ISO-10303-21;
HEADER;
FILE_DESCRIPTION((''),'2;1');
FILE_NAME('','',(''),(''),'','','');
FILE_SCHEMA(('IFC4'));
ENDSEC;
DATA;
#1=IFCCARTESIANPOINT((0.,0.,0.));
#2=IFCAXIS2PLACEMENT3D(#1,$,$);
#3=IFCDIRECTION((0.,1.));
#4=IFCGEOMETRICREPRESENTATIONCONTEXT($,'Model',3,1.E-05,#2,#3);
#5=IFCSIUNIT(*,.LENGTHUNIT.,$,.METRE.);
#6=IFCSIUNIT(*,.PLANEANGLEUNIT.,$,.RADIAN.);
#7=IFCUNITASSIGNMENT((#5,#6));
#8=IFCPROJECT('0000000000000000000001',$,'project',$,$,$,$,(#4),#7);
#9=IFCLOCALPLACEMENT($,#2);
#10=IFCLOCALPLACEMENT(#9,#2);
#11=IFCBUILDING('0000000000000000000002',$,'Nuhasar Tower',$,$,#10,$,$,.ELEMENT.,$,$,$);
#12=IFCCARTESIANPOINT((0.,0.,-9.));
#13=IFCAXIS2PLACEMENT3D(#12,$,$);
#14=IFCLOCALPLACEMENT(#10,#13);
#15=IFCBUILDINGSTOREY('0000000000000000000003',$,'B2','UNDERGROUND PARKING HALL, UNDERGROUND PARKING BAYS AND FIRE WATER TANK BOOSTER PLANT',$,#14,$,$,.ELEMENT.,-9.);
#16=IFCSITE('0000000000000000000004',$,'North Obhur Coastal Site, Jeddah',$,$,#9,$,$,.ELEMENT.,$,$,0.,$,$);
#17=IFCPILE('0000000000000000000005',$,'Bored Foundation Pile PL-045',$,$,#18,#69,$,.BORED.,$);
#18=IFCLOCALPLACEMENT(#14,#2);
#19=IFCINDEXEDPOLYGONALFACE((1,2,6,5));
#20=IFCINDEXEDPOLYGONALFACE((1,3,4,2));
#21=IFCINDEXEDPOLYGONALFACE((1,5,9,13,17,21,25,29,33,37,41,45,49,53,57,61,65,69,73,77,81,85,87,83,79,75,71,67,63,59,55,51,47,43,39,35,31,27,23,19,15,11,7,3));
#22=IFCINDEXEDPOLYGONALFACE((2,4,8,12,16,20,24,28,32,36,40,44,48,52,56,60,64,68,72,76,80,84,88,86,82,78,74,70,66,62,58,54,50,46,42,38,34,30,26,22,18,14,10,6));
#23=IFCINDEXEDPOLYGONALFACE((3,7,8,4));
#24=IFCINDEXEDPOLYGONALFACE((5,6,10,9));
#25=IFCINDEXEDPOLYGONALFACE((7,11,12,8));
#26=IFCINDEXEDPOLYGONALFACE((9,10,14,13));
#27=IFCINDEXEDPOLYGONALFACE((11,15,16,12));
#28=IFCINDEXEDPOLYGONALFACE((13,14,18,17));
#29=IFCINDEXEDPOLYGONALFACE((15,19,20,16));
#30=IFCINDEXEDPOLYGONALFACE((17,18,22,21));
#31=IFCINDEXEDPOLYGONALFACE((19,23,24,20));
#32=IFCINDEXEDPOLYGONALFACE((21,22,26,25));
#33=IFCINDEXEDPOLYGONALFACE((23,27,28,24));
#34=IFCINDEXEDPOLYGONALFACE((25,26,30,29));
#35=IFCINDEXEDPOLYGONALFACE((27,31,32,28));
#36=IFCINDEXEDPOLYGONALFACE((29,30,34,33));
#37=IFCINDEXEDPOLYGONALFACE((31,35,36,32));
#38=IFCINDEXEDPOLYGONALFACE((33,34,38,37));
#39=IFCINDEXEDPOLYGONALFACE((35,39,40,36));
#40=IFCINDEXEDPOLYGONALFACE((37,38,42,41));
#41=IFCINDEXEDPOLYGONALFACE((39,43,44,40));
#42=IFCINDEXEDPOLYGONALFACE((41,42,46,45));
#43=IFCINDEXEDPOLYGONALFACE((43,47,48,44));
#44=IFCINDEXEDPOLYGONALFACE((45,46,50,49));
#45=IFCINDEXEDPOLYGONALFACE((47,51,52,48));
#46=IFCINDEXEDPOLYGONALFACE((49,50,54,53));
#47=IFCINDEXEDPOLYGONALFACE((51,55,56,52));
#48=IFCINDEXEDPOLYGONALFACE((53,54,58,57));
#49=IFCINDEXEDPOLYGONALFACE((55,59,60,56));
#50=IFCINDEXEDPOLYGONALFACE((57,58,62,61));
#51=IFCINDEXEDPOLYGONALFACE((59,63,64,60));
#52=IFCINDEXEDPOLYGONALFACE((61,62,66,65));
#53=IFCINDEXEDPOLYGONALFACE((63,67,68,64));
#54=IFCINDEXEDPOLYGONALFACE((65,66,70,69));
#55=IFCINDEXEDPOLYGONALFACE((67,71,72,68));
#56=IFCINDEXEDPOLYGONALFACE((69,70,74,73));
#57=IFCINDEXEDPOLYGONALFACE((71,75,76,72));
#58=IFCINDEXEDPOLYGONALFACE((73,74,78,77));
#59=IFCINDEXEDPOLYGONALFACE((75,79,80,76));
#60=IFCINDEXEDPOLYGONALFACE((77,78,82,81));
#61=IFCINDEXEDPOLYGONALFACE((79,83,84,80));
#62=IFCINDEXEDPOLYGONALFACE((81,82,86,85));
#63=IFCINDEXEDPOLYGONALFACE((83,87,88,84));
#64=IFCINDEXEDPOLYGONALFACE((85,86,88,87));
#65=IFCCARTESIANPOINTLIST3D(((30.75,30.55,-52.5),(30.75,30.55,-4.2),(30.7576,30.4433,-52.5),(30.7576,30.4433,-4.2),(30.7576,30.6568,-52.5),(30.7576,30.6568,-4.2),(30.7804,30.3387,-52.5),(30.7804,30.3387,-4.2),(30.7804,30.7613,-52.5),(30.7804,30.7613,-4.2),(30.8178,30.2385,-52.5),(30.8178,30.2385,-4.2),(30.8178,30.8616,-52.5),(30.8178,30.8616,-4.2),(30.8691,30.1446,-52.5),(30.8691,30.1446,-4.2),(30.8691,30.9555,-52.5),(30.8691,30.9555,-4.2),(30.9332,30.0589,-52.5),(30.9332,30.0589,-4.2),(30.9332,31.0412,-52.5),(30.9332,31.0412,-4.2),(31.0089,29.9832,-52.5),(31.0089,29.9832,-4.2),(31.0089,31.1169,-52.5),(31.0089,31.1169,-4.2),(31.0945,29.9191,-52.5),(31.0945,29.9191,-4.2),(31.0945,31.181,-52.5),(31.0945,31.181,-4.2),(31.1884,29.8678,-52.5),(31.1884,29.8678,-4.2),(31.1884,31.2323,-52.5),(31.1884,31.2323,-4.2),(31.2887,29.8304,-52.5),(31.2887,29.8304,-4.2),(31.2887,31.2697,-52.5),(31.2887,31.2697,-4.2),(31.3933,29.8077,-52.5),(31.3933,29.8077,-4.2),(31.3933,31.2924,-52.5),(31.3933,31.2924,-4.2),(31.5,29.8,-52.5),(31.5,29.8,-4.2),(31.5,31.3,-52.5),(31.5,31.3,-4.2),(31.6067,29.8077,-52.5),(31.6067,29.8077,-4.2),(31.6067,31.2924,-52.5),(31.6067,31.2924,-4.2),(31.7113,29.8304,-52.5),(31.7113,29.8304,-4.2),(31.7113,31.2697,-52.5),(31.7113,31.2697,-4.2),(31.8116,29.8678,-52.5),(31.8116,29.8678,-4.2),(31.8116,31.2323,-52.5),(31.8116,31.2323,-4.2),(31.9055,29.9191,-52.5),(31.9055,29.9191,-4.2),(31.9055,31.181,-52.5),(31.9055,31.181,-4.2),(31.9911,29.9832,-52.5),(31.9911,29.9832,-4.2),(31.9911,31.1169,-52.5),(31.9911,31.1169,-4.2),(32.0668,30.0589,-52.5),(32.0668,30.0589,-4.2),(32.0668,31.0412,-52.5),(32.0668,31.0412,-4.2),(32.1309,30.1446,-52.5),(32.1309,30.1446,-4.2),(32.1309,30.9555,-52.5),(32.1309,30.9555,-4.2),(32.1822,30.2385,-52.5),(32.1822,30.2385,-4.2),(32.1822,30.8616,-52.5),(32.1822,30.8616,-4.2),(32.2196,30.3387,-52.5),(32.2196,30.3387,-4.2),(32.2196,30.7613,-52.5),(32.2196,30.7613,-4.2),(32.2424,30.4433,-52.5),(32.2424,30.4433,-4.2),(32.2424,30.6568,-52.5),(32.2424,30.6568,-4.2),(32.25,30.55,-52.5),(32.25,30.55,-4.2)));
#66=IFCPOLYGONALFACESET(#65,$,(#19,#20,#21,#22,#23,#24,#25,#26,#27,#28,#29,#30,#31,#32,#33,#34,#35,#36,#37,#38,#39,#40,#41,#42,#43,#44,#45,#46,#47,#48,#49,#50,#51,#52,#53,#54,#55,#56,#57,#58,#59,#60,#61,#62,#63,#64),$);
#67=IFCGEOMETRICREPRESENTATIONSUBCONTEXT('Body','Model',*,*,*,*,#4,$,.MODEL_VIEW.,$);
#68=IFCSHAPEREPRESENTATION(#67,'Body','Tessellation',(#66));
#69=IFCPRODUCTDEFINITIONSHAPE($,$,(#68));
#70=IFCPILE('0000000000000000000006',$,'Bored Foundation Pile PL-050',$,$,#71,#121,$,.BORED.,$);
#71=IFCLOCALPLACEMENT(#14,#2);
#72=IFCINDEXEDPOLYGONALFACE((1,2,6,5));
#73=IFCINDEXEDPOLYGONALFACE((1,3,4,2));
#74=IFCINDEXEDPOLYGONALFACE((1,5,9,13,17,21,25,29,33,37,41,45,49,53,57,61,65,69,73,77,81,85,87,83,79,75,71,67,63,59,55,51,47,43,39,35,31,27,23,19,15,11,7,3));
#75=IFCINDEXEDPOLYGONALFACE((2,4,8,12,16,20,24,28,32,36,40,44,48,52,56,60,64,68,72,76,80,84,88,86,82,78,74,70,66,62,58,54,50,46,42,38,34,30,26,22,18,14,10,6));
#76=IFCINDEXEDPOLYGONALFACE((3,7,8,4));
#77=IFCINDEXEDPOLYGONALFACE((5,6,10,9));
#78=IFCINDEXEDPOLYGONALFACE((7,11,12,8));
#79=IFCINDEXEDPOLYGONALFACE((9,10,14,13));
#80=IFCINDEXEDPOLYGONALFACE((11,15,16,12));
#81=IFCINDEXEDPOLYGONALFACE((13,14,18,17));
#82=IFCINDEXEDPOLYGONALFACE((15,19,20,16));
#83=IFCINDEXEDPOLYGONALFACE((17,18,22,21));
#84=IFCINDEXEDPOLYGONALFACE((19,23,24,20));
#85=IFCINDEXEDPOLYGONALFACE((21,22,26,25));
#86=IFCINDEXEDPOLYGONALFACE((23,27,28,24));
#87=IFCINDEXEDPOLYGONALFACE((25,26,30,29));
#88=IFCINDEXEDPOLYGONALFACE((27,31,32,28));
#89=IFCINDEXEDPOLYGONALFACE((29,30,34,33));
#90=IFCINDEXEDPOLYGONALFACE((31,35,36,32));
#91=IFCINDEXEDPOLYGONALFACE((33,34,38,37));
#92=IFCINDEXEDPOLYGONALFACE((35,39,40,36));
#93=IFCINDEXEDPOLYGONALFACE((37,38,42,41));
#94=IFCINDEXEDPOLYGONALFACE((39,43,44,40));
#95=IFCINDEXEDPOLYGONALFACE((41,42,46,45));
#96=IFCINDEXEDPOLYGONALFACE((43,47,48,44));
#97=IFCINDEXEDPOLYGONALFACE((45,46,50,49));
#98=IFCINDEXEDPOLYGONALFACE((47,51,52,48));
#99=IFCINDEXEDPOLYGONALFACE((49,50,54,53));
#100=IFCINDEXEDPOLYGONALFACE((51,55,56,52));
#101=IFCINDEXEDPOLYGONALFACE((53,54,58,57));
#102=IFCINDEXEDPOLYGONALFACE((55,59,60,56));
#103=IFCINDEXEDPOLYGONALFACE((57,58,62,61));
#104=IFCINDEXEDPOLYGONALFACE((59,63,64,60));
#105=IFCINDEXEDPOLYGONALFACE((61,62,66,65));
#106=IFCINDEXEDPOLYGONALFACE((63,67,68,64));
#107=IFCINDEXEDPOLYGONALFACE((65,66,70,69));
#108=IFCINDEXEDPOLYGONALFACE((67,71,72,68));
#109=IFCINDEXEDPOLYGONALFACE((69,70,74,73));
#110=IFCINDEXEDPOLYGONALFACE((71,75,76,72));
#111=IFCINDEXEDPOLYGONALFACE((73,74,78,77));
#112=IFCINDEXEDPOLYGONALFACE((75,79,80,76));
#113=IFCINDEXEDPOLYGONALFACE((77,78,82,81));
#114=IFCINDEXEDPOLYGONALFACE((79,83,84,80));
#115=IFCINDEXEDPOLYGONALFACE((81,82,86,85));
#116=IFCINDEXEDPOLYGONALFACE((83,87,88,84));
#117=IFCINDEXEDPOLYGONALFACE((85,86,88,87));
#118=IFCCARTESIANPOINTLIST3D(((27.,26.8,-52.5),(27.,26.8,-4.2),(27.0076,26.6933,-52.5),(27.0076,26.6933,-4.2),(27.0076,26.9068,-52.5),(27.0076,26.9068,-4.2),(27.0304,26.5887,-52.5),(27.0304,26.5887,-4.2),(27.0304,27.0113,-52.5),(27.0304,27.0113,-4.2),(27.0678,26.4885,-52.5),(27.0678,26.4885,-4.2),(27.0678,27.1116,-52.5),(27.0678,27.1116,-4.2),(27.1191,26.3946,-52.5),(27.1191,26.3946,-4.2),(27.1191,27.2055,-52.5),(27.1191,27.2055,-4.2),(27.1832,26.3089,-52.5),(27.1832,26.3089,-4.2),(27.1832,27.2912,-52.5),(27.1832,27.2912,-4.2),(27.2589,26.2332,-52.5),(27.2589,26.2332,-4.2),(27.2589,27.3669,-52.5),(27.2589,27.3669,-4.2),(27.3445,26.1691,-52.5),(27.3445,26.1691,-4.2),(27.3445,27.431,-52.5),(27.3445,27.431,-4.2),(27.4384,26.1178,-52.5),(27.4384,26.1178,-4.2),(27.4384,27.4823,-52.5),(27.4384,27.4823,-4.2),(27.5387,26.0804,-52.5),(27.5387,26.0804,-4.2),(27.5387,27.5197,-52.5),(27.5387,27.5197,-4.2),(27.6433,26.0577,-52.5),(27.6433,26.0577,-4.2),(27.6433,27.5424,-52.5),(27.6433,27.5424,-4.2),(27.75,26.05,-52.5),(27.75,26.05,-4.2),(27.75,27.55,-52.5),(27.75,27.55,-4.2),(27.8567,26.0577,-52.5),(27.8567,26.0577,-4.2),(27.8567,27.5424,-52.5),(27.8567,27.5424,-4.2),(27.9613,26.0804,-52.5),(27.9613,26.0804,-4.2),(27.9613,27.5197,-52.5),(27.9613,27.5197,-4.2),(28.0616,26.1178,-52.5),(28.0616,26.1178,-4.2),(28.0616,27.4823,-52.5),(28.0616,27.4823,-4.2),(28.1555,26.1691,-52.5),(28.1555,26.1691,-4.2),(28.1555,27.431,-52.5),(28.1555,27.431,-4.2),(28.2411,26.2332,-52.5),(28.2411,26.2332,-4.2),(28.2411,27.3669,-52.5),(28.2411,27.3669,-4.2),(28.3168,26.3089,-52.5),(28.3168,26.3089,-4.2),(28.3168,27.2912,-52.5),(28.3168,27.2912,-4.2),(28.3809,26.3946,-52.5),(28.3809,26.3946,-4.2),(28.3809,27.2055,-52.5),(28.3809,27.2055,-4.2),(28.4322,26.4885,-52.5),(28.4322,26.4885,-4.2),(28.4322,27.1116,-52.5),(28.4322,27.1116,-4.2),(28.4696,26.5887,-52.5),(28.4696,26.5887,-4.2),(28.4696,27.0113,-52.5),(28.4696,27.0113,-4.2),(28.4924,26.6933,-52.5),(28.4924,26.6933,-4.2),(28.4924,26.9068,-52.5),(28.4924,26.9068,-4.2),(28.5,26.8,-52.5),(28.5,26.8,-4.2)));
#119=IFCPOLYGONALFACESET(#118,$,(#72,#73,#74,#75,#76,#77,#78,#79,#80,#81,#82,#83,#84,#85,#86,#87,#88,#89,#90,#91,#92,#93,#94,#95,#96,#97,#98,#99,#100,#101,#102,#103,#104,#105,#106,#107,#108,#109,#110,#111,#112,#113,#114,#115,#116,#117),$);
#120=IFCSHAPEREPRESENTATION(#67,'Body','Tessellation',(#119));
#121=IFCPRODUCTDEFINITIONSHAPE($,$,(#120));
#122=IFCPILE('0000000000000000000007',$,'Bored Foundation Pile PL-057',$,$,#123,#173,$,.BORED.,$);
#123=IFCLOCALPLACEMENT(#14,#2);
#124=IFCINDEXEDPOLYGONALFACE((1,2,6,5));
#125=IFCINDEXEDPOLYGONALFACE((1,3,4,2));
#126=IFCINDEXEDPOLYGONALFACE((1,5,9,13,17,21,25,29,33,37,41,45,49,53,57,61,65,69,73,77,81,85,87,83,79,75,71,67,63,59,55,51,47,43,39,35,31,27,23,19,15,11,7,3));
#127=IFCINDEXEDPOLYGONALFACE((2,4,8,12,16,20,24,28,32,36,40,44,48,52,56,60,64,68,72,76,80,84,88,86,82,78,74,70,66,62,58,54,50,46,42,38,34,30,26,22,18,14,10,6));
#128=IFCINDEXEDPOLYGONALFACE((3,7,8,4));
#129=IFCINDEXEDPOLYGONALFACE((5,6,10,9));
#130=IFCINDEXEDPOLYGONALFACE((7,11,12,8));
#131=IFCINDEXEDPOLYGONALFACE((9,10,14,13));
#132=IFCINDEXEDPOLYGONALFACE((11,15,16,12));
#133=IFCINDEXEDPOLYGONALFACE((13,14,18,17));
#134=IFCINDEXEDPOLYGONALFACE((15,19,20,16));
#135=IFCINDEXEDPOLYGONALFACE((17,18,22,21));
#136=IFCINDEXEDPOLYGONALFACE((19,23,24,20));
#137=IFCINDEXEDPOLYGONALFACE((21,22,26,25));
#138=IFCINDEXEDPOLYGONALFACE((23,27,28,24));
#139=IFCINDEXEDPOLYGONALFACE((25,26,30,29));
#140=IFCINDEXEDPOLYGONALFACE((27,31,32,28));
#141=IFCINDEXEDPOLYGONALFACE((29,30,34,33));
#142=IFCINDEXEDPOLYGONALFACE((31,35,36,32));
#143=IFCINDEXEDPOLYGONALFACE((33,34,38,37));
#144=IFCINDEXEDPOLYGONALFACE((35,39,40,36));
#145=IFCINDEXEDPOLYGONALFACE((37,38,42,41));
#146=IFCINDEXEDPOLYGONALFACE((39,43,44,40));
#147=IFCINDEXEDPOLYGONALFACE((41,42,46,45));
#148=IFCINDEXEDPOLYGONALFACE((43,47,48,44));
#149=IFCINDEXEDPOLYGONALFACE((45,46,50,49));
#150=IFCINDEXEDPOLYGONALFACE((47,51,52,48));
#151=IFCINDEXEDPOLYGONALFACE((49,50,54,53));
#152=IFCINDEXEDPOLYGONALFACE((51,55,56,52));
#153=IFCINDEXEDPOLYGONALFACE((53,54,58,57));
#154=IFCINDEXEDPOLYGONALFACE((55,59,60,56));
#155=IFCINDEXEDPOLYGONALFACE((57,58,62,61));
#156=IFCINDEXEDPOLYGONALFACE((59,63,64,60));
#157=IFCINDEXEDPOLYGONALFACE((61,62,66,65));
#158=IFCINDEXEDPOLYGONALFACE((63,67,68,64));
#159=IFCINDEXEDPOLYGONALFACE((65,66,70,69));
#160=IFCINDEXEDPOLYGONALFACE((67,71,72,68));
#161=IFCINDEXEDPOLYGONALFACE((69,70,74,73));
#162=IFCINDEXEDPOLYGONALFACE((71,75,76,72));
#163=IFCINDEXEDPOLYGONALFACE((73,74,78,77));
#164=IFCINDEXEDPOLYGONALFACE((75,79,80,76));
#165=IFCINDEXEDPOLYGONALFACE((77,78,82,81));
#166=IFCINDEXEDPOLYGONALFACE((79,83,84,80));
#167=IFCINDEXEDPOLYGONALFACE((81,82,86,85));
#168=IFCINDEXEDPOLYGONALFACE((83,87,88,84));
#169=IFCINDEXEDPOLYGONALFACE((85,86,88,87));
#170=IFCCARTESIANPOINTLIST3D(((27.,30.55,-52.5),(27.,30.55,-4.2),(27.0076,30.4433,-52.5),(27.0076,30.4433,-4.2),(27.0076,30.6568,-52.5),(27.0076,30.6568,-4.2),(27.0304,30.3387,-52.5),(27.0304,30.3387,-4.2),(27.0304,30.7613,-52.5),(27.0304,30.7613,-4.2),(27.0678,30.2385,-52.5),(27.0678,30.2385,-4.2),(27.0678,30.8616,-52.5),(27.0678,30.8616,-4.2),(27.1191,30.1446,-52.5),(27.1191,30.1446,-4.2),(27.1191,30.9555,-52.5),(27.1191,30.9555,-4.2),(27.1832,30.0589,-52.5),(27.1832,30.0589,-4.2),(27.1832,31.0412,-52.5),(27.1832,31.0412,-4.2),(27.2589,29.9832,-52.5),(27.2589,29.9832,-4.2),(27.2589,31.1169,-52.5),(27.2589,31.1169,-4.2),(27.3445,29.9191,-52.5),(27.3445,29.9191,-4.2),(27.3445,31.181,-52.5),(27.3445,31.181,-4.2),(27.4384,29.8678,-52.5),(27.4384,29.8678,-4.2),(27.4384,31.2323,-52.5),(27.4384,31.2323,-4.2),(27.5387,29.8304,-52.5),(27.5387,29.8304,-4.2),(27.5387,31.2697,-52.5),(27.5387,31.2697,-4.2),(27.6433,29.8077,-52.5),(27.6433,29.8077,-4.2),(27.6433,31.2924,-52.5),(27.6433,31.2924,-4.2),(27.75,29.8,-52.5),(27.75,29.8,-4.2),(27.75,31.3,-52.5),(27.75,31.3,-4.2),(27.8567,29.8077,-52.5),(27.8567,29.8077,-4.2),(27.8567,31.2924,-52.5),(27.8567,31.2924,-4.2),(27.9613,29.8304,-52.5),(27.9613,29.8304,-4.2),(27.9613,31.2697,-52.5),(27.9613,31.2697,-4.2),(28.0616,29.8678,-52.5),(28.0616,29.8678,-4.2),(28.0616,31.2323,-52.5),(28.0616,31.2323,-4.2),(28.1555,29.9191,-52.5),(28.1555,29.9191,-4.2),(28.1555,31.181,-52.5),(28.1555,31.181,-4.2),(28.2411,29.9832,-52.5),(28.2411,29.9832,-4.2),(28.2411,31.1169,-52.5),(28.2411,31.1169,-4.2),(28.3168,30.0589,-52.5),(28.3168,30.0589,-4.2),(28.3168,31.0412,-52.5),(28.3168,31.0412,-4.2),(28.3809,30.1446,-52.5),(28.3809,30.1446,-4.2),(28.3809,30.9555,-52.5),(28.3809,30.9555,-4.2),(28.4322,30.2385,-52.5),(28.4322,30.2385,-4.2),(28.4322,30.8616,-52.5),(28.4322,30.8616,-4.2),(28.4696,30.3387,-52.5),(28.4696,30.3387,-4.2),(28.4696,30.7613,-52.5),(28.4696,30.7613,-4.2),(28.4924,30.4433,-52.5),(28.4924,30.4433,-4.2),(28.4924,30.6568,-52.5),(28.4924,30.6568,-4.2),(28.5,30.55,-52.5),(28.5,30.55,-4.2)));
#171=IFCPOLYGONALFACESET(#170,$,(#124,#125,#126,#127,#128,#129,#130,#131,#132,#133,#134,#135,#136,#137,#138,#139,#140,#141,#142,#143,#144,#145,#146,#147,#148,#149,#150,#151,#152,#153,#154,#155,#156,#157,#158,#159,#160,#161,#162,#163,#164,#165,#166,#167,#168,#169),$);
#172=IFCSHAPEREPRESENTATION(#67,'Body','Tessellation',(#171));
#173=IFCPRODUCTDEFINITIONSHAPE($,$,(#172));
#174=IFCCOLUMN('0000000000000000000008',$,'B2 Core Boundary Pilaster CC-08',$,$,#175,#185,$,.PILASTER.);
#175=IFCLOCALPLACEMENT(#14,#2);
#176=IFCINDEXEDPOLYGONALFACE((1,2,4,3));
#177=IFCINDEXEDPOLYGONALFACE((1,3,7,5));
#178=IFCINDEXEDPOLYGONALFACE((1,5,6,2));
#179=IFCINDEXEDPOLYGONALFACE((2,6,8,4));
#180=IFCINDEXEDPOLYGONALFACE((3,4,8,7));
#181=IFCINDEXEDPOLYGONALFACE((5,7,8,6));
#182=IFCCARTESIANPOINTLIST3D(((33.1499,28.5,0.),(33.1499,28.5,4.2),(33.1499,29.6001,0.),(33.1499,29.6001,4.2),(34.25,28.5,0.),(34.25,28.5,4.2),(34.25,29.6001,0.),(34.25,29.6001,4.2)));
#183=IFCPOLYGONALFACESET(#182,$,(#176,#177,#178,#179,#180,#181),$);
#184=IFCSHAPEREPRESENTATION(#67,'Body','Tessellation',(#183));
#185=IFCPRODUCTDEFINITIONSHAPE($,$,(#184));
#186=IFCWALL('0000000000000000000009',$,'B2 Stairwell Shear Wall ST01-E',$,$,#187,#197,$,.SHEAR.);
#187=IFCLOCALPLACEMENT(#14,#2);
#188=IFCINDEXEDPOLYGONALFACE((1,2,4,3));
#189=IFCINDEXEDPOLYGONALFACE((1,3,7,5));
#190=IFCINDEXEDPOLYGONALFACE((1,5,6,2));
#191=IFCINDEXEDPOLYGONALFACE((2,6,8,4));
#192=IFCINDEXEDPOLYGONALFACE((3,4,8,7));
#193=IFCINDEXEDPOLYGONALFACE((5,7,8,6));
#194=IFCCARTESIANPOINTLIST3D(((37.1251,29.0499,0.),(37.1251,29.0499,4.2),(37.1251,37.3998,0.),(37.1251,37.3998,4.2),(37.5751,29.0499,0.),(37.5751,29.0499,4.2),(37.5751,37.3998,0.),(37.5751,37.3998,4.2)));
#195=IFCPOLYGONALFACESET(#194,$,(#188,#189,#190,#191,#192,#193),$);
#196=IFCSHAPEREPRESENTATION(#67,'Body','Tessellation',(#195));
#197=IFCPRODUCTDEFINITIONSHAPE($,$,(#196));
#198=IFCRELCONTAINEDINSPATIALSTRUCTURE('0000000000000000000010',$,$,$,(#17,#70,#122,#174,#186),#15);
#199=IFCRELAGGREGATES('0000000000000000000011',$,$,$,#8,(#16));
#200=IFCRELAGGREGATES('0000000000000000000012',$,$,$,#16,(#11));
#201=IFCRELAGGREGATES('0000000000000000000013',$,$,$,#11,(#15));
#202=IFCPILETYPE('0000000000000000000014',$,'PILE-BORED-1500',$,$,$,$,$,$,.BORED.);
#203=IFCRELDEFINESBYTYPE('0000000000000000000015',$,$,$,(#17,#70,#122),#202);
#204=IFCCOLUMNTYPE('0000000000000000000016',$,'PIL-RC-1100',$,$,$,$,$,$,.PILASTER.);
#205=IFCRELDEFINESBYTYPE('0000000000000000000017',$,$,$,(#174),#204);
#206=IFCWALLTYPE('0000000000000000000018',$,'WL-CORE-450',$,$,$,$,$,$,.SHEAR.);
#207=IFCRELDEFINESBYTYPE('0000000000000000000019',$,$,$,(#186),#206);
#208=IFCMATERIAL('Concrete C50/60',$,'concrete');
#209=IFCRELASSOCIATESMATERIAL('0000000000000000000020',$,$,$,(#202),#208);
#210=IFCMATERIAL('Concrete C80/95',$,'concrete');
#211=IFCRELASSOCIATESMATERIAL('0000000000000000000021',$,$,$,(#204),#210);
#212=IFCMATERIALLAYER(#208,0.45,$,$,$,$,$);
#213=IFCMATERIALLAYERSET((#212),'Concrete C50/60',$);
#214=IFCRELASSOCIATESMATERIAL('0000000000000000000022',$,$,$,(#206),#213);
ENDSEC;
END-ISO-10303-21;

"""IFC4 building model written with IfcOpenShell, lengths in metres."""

from ifc_helpers import new_model, si_unit, direction, frame, frame_2d, origin, origin_2d, place, context, subcontext, project, spatial, rectangle, circle, extrude, material, layer, layer_set, material_profile, profile_set, type_object, element, save


model = new_model("IFC4")

# Units and contexts
model_context = context("Model", 3, precision=1e-05, world=origin(), true_north=direction((0.0, 1.0)))
body_context = subcontext(model_context, "Body", "Model", "MODEL_VIEW")
ifc_project = project(units=[si_unit("LENGTHUNIT", "METRE"), si_unit("PLANEANGLEUNIT", "RADIAN")], contexts=[model_context])

# Site, building, storey
site_placement = place(None, origin())
site = spatial("IfcSite", under=ifc_project, at=site_placement, Name="North Obhur Coastal Site, Jeddah", CompositionType="ELEMENT", RefElevation=0.0)
building_placement = place(site_placement, origin())
building = spatial("IfcBuilding", under=site, at=building_placement, Name="Nuhasar Tower", CompositionType="ELEMENT")
storey_placement = place(building_placement, frame((0.0, 0.0, -9.0)))
storey = spatial("IfcBuildingStorey", under=building, at=storey_placement, Name="B2", Description="UNDERGROUND PARKING HALL, UNDERGROUND PARKING BAYS AND FIRE WATER TANK BOOSTER PLANT", CompositionType="ELEMENT", Elevation=-9.0)

# Piles
ifc_material_1 = material(Name="Concrete C50/60", Category="concrete")
ifc_material_profile_1 = material_profile(ifc_material_1, circle(Radius=0.75, at=origin_2d()), Name="PILE1500")
ifc_profile_set_1 = profile_set([ifc_material_profile_1], Name="Concrete C50/60")
pile_type = type_object("IfcPileType", Name="PILE-BORED-1500", PredefinedType="BORED", material=ifc_profile_set_1)
for number, where, z_axis, x_axis, name in (
    (1, (31.5, 30.55, -4.2), (0.0, 0.0, -1.0), (1.0, 0.0, 0.0), "Bored Foundation Pile PL-045"),
    (2, (27.75, 26.8, -4.2), (0.0, 0.0, -1.0), (1.0, 0.0, 0.0), "Bored Foundation Pile PL-050"),
    (3, (27.75, 30.55, -4.2), (0.0, 0.0, -1.0), (1.0, 0.0, 0.0), "Bored Foundation Pile PL-057"),
):
    element("IfcPile", number, at=place(storey_placement, frame(where, z_axis=z_axis, x_axis=x_axis)), inside=storey, type_object=pile_type, Name=name, PredefinedType="BORED", context=body_context, shape_type="SweptSolid", body=[
        extrude(circle(Radius=0.75, at=origin_2d()), origin(), (0.0, 0.0, 1.0), 48.3),
    ])

# Column
ifc_material_2 = material(Name="Concrete C80/95", Category="concrete")
ifc_material_profile_2 = material_profile(ifc_material_2, rectangle(XDim=1.1001, YDim=1.1001, at=origin_2d()), Name="RC1100X1100")
ifc_profile_set_2 = profile_set([ifc_material_profile_2], Name="Concrete C80/95")
column_type = type_object("IfcColumnType", Name="PIL-RC-1100", PredefinedType="PILASTER", material=ifc_profile_set_2)
column_placement = place(storey_placement, frame((33.7, 29.05, 0.0), z_axis=(0.0, 0.0, 1.0), x_axis=(1.0, 0.0, 0.0)))
element("IfcColumn", 4, at=column_placement, inside=storey, type_object=column_type, Name="B2 Core Boundary Pilaster CC-08", PredefinedType="PILASTER", context=body_context, shape_type="SweptSolid", body=[
    extrude(rectangle(XDim=1.1001, YDim=1.1001, at=origin_2d()), origin(), (0.0, 0.0, 1.0), 4.2),
])

# Wall
ifc_layer_1 = layer(ifc_material_1, 0.45)
ifc_layer_set_1 = layer_set([ifc_layer_1], Name="Concrete C50/60")
wall_type_1 = type_object("IfcWallType", Name="WL-CORE-450", PredefinedType="SHEAR", material=ifc_layer_set_1)
wall_1_placement = place(storey_placement, frame((37.3501, 29.05, 0.0), z_axis=(0.0, 0.0, 1.0), x_axis=(0.0, 1.0, 0.0)))
element("IfcWall", 5, at=wall_1_placement, inside=storey, type_object=wall_type_1, Name="B2 Stairwell Shear Wall ST01-E", PredefinedType="SHEAR", context=body_context, shape_type="SweptSolid", body=[
    extrude(rectangle(XDim=8.3499, YDim=0.45, at=frame_2d((4.1748, 0.0))), origin(), (0.0, 0.0, 1.0), 4.2),
])

save(model, "model.ifc")
